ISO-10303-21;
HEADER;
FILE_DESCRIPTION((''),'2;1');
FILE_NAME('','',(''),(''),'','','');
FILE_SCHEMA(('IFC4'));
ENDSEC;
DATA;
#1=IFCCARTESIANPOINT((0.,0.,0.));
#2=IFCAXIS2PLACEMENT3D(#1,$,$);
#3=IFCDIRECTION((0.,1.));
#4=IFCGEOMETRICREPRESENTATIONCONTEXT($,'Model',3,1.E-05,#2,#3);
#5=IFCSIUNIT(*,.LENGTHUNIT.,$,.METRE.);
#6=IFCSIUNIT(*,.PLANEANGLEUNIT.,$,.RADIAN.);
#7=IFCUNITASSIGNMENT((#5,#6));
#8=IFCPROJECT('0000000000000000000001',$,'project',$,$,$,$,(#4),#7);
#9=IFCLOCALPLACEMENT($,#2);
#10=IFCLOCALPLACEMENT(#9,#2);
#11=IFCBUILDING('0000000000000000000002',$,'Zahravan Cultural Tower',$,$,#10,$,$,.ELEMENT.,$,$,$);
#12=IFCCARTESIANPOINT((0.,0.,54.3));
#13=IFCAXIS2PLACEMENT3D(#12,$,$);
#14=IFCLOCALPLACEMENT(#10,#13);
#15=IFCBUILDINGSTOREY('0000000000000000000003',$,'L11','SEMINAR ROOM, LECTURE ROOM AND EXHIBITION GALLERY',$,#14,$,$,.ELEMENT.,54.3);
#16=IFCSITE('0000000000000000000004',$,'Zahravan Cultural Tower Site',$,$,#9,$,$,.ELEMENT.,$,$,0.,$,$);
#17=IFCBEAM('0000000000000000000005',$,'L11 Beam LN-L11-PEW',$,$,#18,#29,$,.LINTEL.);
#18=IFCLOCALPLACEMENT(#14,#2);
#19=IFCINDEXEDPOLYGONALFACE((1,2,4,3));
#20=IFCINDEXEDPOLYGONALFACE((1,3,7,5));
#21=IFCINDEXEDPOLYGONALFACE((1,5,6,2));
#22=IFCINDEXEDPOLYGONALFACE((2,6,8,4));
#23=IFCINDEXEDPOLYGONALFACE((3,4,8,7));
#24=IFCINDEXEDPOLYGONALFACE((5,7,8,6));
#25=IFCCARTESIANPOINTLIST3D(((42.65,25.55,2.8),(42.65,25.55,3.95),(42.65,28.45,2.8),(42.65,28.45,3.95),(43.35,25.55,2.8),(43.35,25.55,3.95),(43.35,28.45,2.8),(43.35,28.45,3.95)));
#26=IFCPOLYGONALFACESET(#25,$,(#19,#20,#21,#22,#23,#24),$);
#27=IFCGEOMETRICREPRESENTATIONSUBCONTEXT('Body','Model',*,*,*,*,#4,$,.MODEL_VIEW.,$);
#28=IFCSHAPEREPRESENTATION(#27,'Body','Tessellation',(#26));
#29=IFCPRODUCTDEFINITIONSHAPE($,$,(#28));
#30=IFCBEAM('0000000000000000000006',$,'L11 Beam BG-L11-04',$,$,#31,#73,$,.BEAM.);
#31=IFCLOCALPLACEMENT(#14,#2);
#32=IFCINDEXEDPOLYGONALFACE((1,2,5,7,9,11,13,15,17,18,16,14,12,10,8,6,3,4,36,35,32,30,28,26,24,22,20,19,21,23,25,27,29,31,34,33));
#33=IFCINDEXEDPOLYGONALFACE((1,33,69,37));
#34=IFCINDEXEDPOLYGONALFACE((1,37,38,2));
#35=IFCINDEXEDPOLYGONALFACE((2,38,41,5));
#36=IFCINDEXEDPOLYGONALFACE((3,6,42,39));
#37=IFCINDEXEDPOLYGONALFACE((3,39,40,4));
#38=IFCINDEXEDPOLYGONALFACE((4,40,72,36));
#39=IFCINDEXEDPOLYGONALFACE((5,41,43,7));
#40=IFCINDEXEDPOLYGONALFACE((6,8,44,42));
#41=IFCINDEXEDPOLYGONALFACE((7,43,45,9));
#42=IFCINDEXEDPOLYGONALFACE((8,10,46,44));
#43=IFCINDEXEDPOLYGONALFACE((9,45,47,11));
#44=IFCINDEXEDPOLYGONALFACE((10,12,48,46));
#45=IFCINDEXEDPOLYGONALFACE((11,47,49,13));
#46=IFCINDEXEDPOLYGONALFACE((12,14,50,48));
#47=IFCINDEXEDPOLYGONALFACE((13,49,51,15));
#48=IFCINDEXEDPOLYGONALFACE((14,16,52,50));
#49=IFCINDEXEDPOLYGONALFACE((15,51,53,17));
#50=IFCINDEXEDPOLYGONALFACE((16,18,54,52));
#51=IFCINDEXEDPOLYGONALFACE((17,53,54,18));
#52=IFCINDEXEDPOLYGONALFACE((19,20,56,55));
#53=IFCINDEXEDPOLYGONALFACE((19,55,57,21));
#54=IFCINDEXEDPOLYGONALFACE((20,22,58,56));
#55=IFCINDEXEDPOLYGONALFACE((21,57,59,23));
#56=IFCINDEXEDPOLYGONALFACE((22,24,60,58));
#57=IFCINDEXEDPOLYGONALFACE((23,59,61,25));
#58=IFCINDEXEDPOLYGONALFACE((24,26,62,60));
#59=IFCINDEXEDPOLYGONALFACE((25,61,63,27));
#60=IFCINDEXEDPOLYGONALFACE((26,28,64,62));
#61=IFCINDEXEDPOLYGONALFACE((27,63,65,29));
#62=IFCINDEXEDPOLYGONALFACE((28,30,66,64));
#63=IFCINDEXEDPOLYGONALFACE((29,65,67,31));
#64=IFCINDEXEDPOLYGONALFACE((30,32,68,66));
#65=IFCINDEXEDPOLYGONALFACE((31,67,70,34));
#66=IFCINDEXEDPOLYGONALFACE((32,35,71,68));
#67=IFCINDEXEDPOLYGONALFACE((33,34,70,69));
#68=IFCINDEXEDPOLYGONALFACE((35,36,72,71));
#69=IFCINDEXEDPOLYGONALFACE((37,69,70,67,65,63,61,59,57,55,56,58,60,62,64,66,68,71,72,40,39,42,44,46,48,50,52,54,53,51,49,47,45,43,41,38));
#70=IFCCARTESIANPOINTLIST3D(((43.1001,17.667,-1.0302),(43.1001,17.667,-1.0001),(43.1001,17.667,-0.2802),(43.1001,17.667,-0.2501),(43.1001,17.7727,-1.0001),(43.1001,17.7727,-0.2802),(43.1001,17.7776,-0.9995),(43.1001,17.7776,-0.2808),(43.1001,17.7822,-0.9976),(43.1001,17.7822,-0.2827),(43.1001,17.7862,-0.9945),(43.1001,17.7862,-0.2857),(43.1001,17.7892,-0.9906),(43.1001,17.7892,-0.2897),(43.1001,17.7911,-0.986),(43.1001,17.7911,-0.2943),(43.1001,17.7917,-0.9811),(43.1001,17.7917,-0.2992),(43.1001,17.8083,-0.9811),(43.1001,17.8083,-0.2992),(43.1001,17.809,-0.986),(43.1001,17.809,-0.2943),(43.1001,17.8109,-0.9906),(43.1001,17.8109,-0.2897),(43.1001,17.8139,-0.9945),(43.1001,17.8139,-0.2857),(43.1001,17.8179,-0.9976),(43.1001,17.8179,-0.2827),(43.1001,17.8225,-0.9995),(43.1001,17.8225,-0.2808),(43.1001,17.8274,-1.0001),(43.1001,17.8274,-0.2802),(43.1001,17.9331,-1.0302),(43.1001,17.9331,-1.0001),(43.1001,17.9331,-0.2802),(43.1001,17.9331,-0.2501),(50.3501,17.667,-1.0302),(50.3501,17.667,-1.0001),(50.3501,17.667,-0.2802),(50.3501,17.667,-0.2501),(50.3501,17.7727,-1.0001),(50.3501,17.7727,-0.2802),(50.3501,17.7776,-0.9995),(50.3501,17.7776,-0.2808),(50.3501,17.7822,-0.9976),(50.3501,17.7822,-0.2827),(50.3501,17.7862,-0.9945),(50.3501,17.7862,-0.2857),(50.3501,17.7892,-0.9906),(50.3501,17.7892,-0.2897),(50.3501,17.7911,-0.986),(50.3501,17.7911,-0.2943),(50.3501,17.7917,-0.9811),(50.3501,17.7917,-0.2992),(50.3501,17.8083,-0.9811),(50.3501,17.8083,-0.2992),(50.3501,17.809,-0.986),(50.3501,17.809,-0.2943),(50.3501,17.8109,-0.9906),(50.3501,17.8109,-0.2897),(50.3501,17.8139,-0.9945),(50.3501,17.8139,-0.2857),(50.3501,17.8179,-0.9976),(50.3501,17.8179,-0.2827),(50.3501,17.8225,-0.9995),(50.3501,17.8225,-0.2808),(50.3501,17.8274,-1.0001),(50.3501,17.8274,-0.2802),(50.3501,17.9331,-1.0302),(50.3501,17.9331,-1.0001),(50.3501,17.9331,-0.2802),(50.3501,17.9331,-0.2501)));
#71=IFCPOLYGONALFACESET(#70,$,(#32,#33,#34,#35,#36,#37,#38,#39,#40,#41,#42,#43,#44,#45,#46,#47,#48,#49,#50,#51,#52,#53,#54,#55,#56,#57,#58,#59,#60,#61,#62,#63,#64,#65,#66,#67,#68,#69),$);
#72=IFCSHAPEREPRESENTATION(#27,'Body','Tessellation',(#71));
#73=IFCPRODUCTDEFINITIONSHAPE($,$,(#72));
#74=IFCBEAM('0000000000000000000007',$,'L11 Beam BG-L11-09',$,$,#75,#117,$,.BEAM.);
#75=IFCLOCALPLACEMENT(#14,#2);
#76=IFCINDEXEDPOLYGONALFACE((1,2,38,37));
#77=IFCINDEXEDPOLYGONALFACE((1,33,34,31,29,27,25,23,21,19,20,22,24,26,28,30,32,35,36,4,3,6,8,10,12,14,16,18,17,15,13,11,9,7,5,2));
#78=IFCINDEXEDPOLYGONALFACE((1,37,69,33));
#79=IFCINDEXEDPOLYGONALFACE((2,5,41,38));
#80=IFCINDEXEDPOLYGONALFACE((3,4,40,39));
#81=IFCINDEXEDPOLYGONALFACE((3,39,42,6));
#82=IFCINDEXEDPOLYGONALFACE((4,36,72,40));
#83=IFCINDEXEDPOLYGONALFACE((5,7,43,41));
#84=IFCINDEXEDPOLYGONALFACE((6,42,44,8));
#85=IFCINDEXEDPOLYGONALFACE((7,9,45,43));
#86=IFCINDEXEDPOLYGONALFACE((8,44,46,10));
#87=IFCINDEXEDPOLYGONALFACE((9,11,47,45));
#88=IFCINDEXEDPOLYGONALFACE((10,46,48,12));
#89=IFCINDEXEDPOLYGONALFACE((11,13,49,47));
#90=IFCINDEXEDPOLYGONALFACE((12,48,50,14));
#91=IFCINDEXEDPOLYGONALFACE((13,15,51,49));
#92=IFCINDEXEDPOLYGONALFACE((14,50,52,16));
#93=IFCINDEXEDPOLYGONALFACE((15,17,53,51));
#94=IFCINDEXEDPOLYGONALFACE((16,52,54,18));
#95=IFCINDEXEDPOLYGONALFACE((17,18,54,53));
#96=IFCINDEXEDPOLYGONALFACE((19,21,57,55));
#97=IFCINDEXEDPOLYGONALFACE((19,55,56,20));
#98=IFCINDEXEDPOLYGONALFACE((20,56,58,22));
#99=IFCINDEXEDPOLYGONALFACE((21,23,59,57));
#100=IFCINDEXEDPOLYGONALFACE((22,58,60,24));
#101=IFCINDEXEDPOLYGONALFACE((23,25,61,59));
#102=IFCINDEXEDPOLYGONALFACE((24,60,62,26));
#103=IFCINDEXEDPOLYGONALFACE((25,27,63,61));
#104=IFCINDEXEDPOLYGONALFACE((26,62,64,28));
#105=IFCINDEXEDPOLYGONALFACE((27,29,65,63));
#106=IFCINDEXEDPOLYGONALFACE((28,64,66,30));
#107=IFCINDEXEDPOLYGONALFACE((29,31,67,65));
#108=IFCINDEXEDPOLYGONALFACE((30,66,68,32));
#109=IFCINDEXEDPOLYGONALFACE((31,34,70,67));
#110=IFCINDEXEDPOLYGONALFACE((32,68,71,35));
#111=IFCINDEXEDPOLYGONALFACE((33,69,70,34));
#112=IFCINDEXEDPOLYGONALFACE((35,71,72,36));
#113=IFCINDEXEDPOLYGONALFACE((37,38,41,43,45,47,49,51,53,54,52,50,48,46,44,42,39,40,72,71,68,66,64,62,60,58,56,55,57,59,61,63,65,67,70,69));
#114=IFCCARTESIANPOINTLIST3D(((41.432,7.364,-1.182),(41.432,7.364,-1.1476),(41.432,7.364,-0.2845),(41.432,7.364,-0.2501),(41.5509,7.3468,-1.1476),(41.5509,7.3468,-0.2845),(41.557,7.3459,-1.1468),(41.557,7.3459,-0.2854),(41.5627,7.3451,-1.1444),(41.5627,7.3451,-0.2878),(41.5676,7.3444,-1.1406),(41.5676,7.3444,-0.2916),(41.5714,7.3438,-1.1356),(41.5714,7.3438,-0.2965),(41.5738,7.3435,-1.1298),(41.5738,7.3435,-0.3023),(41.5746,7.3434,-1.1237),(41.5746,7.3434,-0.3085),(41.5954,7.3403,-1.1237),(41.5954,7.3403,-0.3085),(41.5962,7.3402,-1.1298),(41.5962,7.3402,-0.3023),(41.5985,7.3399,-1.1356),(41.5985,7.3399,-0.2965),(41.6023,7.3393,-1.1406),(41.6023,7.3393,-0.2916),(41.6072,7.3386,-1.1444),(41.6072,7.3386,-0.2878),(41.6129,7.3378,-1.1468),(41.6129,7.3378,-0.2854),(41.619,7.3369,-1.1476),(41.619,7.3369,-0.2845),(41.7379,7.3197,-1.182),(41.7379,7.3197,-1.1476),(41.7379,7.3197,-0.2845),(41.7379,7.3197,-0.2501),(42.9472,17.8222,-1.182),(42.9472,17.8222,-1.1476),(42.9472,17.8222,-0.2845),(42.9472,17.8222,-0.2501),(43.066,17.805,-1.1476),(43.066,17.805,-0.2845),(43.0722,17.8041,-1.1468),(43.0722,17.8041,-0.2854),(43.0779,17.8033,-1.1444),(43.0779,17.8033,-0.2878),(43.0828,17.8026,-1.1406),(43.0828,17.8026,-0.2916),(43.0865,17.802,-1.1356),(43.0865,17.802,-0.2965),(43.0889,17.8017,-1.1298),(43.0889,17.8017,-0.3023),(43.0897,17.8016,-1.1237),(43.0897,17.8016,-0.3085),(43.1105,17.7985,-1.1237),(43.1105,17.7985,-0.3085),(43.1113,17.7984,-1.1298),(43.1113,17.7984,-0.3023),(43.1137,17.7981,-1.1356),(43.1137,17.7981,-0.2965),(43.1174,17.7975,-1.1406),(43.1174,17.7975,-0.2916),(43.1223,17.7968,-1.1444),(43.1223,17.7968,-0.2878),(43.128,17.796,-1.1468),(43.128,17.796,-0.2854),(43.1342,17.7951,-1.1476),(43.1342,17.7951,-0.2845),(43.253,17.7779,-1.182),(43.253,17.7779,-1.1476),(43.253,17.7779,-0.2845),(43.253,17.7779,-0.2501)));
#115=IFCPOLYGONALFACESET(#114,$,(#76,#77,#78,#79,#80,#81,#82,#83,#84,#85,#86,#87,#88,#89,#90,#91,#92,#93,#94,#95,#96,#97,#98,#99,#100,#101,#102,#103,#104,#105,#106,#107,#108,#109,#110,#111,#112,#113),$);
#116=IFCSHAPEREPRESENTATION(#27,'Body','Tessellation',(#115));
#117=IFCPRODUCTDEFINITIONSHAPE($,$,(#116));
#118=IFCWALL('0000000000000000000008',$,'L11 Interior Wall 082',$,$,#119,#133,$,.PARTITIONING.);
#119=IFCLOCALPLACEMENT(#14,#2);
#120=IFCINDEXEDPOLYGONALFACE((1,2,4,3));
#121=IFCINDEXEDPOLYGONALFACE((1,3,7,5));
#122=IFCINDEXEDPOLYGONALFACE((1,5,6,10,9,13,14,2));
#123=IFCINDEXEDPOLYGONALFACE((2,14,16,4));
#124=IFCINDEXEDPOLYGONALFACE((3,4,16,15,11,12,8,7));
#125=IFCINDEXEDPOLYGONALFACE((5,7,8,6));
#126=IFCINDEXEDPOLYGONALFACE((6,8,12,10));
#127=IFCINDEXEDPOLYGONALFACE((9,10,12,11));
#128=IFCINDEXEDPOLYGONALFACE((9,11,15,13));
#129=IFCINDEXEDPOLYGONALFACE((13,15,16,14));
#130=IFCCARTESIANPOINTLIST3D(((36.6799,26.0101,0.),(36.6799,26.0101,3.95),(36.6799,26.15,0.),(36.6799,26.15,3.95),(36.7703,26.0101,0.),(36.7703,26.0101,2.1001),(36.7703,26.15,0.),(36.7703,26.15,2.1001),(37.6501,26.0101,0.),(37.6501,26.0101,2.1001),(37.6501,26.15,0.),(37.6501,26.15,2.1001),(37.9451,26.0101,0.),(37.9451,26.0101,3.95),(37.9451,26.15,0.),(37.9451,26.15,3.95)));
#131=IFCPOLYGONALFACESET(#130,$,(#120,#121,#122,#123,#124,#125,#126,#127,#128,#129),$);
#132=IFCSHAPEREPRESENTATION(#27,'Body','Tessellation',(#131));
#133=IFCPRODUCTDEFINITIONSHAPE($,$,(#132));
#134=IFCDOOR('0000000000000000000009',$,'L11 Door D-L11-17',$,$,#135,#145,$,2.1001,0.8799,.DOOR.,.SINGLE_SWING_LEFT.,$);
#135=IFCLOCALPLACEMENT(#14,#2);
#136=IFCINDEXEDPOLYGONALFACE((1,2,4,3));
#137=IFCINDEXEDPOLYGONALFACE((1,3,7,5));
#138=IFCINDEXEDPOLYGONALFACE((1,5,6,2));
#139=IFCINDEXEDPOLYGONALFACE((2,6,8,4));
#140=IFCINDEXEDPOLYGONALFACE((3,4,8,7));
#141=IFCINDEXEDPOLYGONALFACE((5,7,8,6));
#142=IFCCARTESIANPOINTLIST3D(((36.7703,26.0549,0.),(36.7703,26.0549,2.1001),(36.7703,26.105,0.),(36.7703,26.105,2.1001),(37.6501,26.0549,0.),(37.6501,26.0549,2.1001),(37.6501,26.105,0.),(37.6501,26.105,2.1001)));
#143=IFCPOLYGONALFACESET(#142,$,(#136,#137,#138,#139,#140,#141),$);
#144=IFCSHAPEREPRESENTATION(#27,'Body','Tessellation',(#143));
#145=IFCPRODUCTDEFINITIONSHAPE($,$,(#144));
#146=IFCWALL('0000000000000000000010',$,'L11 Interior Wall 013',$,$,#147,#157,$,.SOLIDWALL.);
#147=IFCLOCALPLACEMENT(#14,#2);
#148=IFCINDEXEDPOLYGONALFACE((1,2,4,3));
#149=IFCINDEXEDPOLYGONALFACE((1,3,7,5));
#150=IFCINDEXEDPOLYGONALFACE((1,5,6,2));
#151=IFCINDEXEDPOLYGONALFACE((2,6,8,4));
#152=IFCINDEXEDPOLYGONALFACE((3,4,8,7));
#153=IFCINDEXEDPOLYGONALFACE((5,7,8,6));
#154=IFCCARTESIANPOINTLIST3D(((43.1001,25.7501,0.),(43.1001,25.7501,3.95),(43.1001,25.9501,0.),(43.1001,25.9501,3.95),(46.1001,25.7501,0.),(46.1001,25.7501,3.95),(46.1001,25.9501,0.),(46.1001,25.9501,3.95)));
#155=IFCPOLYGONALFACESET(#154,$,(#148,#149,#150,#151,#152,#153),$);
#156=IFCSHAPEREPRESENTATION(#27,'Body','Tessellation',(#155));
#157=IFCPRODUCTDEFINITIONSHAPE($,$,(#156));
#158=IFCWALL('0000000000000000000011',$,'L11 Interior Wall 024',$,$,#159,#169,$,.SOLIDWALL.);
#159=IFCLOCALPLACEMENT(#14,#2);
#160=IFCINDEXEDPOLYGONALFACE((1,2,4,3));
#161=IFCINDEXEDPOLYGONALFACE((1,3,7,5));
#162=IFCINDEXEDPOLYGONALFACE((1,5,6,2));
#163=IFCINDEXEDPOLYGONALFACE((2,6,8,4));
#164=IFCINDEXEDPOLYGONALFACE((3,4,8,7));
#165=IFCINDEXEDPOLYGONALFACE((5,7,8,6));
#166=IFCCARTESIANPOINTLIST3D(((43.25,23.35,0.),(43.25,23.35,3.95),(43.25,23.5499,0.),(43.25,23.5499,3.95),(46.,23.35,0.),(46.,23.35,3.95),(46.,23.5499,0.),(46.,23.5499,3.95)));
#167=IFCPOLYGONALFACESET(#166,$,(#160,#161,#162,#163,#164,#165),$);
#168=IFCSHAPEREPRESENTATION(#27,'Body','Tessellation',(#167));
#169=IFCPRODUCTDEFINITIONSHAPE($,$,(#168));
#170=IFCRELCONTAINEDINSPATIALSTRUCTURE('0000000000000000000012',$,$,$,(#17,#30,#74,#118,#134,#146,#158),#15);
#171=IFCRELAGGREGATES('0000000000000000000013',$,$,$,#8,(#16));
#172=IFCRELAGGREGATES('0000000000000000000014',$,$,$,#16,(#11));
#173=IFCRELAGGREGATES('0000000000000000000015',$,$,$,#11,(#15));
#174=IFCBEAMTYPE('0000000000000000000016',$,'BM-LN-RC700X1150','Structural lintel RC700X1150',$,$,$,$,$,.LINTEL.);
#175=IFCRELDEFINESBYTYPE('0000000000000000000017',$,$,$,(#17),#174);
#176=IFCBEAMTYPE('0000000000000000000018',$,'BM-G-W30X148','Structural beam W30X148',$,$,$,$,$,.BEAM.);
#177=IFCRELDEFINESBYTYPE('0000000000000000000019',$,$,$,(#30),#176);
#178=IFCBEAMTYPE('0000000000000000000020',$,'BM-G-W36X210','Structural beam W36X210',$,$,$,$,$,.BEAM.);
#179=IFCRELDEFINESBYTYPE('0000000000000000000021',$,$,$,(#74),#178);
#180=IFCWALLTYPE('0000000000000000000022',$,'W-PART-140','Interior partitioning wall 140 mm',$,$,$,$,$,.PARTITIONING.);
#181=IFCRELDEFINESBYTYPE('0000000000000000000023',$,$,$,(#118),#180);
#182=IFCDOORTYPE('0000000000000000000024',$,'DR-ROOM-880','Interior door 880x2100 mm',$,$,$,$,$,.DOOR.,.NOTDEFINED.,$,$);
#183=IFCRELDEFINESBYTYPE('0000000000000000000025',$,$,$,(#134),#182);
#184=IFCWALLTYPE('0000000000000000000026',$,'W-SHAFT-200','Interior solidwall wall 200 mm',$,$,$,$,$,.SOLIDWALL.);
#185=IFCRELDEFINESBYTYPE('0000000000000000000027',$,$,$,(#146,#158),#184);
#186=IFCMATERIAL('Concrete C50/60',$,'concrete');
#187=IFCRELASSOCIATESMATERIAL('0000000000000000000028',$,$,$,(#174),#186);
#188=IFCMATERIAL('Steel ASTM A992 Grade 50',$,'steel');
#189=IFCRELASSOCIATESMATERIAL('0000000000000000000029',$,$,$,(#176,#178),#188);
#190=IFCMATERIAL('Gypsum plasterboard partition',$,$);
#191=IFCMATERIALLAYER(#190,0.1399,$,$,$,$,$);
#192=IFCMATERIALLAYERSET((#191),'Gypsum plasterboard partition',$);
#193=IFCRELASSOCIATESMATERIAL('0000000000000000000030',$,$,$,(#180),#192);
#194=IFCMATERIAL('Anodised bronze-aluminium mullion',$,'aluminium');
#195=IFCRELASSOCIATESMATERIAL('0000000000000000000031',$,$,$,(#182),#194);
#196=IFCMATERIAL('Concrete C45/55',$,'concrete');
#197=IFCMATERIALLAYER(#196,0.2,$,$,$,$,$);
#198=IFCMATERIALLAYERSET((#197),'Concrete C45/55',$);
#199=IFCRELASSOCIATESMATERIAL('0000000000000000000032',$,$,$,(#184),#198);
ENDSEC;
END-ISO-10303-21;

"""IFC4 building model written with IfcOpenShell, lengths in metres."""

from ifc_helpers import new_model, si_unit, direction, frame, frame_2d, origin, origin_2d, place, context, subcontext, project, spatial, rectangle, i_section, extrude, source, transform, mapped, material, layer, layer_set, material_profile, profile_set, type_object, element, fill, save


model = new_model("IFC4")

# Units and contexts
model_context = context("Model", 3, precision=1e-05, world=origin(), true_north=direction((0.0, 1.0)))
body_context = subcontext(model_context, "Body", "Model", "MODEL_VIEW")
ifc_project = project(units=[si_unit("LENGTHUNIT", "METRE"), si_unit("PLANEANGLEUNIT", "RADIAN")], contexts=[model_context])

# Site, building, storey
site_placement = place(None, origin())
site = spatial("IfcSite", under=ifc_project, at=site_placement, Name="Zahravan Cultural Tower Site", CompositionType="ELEMENT", RefElevation=0.0)
building_placement = place(site_placement, origin())
building = spatial("IfcBuilding", under=site, at=building_placement, Name="Zahravan Cultural Tower", CompositionType="ELEMENT")
storey_placement = place(building_placement, frame((0.0, 0.0, 54.3)))
storey = spatial("IfcBuildingStorey", under=building, at=storey_placement, Name="L11", Description="SEMINAR ROOM, LECTURE ROOM AND EXHIBITION GALLERY", CompositionType="ELEMENT", Elevation=54.3)

# Beams
ifc_material_1 = material(Name="Concrete C50/60", Category="concrete")
ifc_material_profile_1 = material_profile(ifc_material_1, rectangle(XDim=0.7, YDim=1.1499, at=origin_2d()), Name="RC700X1150")
ifc_profile_set_1 = profile_set([ifc_material_profile_1], Name="Concrete C50/60")
beam_type_1 = type_object("IfcBeamType", Name="BM-LN-RC700X1150", Description="Structural lintel RC700X1150", PredefinedType="LINTEL", material=ifc_profile_set_1)
shared_shape_1 = source(origin(), body_context, "Body", "SweptSolid", [
    extrude(rectangle(XDim=0.7, YDim=1.1499, at=origin_2d()), origin(), (0.0, 0.0, 1.0), 2.8999),
])
beam_1_placement = place(storey_placement, frame((43.0, 25.55, 3.375), z_axis=(0.0, 1.0, 0.0), x_axis=(-1.0, 0.0, 0.0)))
element("IfcBeam", 1, at=beam_1_placement, inside=storey, type_object=beam_type_1, Name="L11 Beam LN-L11-PEW", PredefinedType="LINTEL", context=body_context, shape_type="MappedRepresentation", body=[
    mapped(shared_shape_1, transform((0.0, 0.0, 0.0), x_axis=(1.0, 0.0, 0.0), y_axis=(0.0, 1.0, 0.0), z_axis=(0.0, 0.0, 1.0), scale=1.0)),
])
ifc_material_2 = material(Name="Steel ASTM A992 Grade 50", Category="steel")
ifc_material_profile_2 = material_profile(ifc_material_2, i_section(OverallWidth=0.2661, OverallDepth=0.78, WebThickness=0.0166, FlangeThickness=0.03, FilletRadius=0.019, at=origin_2d()), Name="W30X148")
ifc_profile_set_2 = profile_set([ifc_material_profile_2], Name="Steel ASTM A992 Grade 50")
beam_type_2 = type_object("IfcBeamType", Name="BM-G-W30X148", Description="Structural beam W30X148", PredefinedType="BEAM", material=ifc_profile_set_2)
shared_shape_2 = source(origin(), body_context, "Body", "SweptSolid", [
    extrude(i_section(OverallWidth=0.2661, OverallDepth=0.78, WebThickness=0.0166, FlangeThickness=0.03, FilletRadius=0.019, at=origin_2d()), origin(), (0.0, 0.0, 1.0), 7.25),
])
beam_2_placement = place(storey_placement, frame((43.1001, 17.8, -0.6401), z_axis=(1.0, 0.0, 0.0), x_axis=(0.0, 1.0, 0.0)))
element("IfcBeam", 2, at=beam_2_placement, inside=storey, type_object=beam_type_2, Name="L11 Beam BG-L11-04", PredefinedType="BEAM", context=body_context, shape_type="MappedRepresentation", body=[
    mapped(shared_shape_2, transform((0.0, 0.0, 0.0), x_axis=(1.0, 0.0, 0.0), y_axis=(0.0, 1.0, 0.0), z_axis=(0.0, 0.0, 1.0), scale=1.0)),
])
ifc_material_profile_3 = material_profile(ifc_material_2, i_section(OverallWidth=0.3091, OverallDepth=0.9319, WebThickness=0.021, FlangeThickness=0.0344, FilletRadius=0.0239, at=origin_2d()), Name="W36X210")
ifc_profile_set_3 = profile_set([ifc_material_profile_3], Name="Steel ASTM A992 Grade 50")
beam_type_3 = type_object("IfcBeamType", Name="BM-G-W36X210", Description="Structural beam W36X210", PredefinedType="BEAM", material=ifc_profile_set_3)
shared_shape_3 = source(origin(), body_context, "Body", "SweptSolid", [
    extrude(i_section(OverallWidth=0.3091, OverallDepth=0.9319, WebThickness=0.021, FlangeThickness=0.0344, FilletRadius=0.0239, at=origin_2d()), origin(), (0.0, 0.0, 1.0), 10.5674),
])
beam_3_placement = place(storey_placement, frame((43.1001, 17.8, -0.7161), z_axis=(-0.143378, -0.989668, 0.0), x_axis=(0.989668, -0.143378, 0.0)))
element("IfcBeam", 3, at=beam_3_placement, inside=storey, type_object=beam_type_3, Name="L11 Beam BG-L11-09", PredefinedType="BEAM", context=body_context, shape_type="MappedRepresentation", body=[
    mapped(shared_shape_3, transform((0.0, 0.0, 0.0), x_axis=(1.0, 0.0, 0.0), y_axis=(0.0, 1.0, 0.0), z_axis=(0.0, 0.0, 1.0), scale=1.0)),
])

# Wall, opening, door
ifc_material_3 = material(Name="Gypsum plasterboard partition")
ifc_layer_1 = layer(ifc_material_3, 0.1399)
ifc_layer_set_1 = layer_set([ifc_layer_1], Name="Gypsum plasterboard partition")
wall_type_1 = type_object("IfcWallType", Name="W-PART-140", Description="Interior partitioning wall 140 mm", PredefinedType="PARTITIONING", material=ifc_layer_set_1)
wall_1_placement = place(storey_placement, frame((36.6799, 26.0801, 0.0), z_axis=(0.0, 0.0, 1.0), x_axis=(1.0, 0.0, 0.0)))
wall_1 = element("IfcWall", 4, at=wall_1_placement, inside=storey, type_object=wall_type_1, Name="L11 Interior Wall 082", PredefinedType="PARTITIONING", context=body_context, shape_type="SweptSolid", body=[
    extrude(rectangle(XDim=1.2651, YDim=0.1399, at=frame_2d((0.6326, 0.0))), origin(), (0.0, 0.0, 1.0), 3.95),
])
opening_1_placement = place(wall_1_placement, frame((0.0903, 0.0, 0.0)))
opening_1 = element("IfcOpeningElement", 5, at=opening_1_placement, cuts=wall_1, PredefinedType="OPENING", context=body_context, shape_type="SweptSolid", body=[
    extrude(rectangle(XDim=0.8799, YDim=2.1001, at=frame_2d((0.4399, 1.05))), frame((0.0, 0.0798, 0.0), z_axis=(0.0, -1.0, 0.0), x_axis=(1.0, 0.0, 0.0)), (0.0, 0.0, 1.0), 0.1599),
])
ifc_material_4 = material(Name="Anodised bronze-aluminium mullion", Category="aluminium")
door_type_1 = type_object("IfcDoorType", Name="DR-ROOM-880", Description="Interior door 880x2100 mm", OperationType="NOTDEFINED", PredefinedType="DOOR", material=ifc_material_4)
shared_shape_4 = source(origin(), body_context, "Body", "SweptSolid", [
    extrude(rectangle(XDim=0.8799, YDim=2.1001, at=frame_2d((0.4399, 1.05))), frame((0.0, 0.0249, 0.0), z_axis=(0.0, -1.0, 0.0), x_axis=(1.0, 0.0, 0.0)), (0.0, 0.0, 1.0), 0.05),
])
door_1_placement = place(opening_1_placement, origin())
door_1 = element("IfcDoor", 6, at=door_1_placement, inside=storey, type_object=door_type_1, Name="L11 Door D-L11-17", OperationType="SINGLE_SWING_LEFT", OverallHeight=2.1001, OverallWidth=0.8799, PredefinedType="DOOR", context=body_context, shape_type="MappedRepresentation", body=[
    mapped(shared_shape_4, transform((0.0, 0.0, 0.0), x_axis=(1.0, 0.0, 0.0), y_axis=(0.0, 1.0, 0.0), z_axis=(0.0, 0.0, 1.0), scale=1.0)),
])
fill(opening_1, door_1)
ifc_material_5 = material(Name="Concrete C45/55", Category="concrete")
ifc_layer_2 = layer(ifc_material_5, 0.2)
ifc_layer_set_2 = layer_set([ifc_layer_2], Name="Concrete C45/55")
wall_type_2 = type_object("IfcWallType", Name="W-SHAFT-200", Description="Interior solidwall wall 200 mm", PredefinedType="SOLIDWALL", material=ifc_layer_set_2)

# Walls
shared_shape_5 = source(origin(), body_context, "Body", "SweptSolid", [
    extrude(rectangle(XDim=3.0, YDim=0.2, at=frame_2d((1.5, 0.0))), origin(), (0.0, 0.0, 1.0), 3.95),
])
wall_2_placement = place(storey_placement, frame((43.1001, 25.8501, 0.0), z_axis=(0.0, 0.0, 1.0), x_axis=(1.0, 0.0, 0.0)))
element("IfcWall", 7, at=wall_2_placement, inside=storey, type_object=wall_type_2, Name="L11 Interior Wall 013", PredefinedType="SOLIDWALL", context=body_context, shape_type="MappedRepresentation", body=[
    mapped(shared_shape_5, transform((0.0, 0.0, 0.0), x_axis=(1.0, 0.0, 0.0), y_axis=(0.0, 1.0, 0.0), z_axis=(0.0, 0.0, 1.0), scale=1.0)),
])
shared_shape_6 = source(origin(), body_context, "Body", "SweptSolid", [
    extrude(rectangle(XDim=2.75, YDim=0.2, at=frame_2d((1.375, 0.0))), origin(), (0.0, 0.0, 1.0), 3.95),
])
for number, where, z_axis, x_axis, name in (
    (8, (43.25, 23.45, 0.0), (0.0, 0.0, 1.0), (1.0, 0.0, 0.0), "L11 Interior Wall 024"),
):
    element("IfcWall", number, at=place(storey_placement, frame(where, z_axis=z_axis, x_axis=x_axis)), inside=storey, type_object=wall_type_2, Name=name, PredefinedType="SOLIDWALL", context=body_context, shape_type="MappedRepresentation", body=[
        mapped(shared_shape_6, transform((0.0, 0.0, 0.0), x_axis=(1.0, 0.0, 0.0), y_axis=(0.0, 1.0, 0.0), z_axis=(0.0, 0.0, 1.0), scale=1.0)),
    ])

save(model, "model.ifc")
